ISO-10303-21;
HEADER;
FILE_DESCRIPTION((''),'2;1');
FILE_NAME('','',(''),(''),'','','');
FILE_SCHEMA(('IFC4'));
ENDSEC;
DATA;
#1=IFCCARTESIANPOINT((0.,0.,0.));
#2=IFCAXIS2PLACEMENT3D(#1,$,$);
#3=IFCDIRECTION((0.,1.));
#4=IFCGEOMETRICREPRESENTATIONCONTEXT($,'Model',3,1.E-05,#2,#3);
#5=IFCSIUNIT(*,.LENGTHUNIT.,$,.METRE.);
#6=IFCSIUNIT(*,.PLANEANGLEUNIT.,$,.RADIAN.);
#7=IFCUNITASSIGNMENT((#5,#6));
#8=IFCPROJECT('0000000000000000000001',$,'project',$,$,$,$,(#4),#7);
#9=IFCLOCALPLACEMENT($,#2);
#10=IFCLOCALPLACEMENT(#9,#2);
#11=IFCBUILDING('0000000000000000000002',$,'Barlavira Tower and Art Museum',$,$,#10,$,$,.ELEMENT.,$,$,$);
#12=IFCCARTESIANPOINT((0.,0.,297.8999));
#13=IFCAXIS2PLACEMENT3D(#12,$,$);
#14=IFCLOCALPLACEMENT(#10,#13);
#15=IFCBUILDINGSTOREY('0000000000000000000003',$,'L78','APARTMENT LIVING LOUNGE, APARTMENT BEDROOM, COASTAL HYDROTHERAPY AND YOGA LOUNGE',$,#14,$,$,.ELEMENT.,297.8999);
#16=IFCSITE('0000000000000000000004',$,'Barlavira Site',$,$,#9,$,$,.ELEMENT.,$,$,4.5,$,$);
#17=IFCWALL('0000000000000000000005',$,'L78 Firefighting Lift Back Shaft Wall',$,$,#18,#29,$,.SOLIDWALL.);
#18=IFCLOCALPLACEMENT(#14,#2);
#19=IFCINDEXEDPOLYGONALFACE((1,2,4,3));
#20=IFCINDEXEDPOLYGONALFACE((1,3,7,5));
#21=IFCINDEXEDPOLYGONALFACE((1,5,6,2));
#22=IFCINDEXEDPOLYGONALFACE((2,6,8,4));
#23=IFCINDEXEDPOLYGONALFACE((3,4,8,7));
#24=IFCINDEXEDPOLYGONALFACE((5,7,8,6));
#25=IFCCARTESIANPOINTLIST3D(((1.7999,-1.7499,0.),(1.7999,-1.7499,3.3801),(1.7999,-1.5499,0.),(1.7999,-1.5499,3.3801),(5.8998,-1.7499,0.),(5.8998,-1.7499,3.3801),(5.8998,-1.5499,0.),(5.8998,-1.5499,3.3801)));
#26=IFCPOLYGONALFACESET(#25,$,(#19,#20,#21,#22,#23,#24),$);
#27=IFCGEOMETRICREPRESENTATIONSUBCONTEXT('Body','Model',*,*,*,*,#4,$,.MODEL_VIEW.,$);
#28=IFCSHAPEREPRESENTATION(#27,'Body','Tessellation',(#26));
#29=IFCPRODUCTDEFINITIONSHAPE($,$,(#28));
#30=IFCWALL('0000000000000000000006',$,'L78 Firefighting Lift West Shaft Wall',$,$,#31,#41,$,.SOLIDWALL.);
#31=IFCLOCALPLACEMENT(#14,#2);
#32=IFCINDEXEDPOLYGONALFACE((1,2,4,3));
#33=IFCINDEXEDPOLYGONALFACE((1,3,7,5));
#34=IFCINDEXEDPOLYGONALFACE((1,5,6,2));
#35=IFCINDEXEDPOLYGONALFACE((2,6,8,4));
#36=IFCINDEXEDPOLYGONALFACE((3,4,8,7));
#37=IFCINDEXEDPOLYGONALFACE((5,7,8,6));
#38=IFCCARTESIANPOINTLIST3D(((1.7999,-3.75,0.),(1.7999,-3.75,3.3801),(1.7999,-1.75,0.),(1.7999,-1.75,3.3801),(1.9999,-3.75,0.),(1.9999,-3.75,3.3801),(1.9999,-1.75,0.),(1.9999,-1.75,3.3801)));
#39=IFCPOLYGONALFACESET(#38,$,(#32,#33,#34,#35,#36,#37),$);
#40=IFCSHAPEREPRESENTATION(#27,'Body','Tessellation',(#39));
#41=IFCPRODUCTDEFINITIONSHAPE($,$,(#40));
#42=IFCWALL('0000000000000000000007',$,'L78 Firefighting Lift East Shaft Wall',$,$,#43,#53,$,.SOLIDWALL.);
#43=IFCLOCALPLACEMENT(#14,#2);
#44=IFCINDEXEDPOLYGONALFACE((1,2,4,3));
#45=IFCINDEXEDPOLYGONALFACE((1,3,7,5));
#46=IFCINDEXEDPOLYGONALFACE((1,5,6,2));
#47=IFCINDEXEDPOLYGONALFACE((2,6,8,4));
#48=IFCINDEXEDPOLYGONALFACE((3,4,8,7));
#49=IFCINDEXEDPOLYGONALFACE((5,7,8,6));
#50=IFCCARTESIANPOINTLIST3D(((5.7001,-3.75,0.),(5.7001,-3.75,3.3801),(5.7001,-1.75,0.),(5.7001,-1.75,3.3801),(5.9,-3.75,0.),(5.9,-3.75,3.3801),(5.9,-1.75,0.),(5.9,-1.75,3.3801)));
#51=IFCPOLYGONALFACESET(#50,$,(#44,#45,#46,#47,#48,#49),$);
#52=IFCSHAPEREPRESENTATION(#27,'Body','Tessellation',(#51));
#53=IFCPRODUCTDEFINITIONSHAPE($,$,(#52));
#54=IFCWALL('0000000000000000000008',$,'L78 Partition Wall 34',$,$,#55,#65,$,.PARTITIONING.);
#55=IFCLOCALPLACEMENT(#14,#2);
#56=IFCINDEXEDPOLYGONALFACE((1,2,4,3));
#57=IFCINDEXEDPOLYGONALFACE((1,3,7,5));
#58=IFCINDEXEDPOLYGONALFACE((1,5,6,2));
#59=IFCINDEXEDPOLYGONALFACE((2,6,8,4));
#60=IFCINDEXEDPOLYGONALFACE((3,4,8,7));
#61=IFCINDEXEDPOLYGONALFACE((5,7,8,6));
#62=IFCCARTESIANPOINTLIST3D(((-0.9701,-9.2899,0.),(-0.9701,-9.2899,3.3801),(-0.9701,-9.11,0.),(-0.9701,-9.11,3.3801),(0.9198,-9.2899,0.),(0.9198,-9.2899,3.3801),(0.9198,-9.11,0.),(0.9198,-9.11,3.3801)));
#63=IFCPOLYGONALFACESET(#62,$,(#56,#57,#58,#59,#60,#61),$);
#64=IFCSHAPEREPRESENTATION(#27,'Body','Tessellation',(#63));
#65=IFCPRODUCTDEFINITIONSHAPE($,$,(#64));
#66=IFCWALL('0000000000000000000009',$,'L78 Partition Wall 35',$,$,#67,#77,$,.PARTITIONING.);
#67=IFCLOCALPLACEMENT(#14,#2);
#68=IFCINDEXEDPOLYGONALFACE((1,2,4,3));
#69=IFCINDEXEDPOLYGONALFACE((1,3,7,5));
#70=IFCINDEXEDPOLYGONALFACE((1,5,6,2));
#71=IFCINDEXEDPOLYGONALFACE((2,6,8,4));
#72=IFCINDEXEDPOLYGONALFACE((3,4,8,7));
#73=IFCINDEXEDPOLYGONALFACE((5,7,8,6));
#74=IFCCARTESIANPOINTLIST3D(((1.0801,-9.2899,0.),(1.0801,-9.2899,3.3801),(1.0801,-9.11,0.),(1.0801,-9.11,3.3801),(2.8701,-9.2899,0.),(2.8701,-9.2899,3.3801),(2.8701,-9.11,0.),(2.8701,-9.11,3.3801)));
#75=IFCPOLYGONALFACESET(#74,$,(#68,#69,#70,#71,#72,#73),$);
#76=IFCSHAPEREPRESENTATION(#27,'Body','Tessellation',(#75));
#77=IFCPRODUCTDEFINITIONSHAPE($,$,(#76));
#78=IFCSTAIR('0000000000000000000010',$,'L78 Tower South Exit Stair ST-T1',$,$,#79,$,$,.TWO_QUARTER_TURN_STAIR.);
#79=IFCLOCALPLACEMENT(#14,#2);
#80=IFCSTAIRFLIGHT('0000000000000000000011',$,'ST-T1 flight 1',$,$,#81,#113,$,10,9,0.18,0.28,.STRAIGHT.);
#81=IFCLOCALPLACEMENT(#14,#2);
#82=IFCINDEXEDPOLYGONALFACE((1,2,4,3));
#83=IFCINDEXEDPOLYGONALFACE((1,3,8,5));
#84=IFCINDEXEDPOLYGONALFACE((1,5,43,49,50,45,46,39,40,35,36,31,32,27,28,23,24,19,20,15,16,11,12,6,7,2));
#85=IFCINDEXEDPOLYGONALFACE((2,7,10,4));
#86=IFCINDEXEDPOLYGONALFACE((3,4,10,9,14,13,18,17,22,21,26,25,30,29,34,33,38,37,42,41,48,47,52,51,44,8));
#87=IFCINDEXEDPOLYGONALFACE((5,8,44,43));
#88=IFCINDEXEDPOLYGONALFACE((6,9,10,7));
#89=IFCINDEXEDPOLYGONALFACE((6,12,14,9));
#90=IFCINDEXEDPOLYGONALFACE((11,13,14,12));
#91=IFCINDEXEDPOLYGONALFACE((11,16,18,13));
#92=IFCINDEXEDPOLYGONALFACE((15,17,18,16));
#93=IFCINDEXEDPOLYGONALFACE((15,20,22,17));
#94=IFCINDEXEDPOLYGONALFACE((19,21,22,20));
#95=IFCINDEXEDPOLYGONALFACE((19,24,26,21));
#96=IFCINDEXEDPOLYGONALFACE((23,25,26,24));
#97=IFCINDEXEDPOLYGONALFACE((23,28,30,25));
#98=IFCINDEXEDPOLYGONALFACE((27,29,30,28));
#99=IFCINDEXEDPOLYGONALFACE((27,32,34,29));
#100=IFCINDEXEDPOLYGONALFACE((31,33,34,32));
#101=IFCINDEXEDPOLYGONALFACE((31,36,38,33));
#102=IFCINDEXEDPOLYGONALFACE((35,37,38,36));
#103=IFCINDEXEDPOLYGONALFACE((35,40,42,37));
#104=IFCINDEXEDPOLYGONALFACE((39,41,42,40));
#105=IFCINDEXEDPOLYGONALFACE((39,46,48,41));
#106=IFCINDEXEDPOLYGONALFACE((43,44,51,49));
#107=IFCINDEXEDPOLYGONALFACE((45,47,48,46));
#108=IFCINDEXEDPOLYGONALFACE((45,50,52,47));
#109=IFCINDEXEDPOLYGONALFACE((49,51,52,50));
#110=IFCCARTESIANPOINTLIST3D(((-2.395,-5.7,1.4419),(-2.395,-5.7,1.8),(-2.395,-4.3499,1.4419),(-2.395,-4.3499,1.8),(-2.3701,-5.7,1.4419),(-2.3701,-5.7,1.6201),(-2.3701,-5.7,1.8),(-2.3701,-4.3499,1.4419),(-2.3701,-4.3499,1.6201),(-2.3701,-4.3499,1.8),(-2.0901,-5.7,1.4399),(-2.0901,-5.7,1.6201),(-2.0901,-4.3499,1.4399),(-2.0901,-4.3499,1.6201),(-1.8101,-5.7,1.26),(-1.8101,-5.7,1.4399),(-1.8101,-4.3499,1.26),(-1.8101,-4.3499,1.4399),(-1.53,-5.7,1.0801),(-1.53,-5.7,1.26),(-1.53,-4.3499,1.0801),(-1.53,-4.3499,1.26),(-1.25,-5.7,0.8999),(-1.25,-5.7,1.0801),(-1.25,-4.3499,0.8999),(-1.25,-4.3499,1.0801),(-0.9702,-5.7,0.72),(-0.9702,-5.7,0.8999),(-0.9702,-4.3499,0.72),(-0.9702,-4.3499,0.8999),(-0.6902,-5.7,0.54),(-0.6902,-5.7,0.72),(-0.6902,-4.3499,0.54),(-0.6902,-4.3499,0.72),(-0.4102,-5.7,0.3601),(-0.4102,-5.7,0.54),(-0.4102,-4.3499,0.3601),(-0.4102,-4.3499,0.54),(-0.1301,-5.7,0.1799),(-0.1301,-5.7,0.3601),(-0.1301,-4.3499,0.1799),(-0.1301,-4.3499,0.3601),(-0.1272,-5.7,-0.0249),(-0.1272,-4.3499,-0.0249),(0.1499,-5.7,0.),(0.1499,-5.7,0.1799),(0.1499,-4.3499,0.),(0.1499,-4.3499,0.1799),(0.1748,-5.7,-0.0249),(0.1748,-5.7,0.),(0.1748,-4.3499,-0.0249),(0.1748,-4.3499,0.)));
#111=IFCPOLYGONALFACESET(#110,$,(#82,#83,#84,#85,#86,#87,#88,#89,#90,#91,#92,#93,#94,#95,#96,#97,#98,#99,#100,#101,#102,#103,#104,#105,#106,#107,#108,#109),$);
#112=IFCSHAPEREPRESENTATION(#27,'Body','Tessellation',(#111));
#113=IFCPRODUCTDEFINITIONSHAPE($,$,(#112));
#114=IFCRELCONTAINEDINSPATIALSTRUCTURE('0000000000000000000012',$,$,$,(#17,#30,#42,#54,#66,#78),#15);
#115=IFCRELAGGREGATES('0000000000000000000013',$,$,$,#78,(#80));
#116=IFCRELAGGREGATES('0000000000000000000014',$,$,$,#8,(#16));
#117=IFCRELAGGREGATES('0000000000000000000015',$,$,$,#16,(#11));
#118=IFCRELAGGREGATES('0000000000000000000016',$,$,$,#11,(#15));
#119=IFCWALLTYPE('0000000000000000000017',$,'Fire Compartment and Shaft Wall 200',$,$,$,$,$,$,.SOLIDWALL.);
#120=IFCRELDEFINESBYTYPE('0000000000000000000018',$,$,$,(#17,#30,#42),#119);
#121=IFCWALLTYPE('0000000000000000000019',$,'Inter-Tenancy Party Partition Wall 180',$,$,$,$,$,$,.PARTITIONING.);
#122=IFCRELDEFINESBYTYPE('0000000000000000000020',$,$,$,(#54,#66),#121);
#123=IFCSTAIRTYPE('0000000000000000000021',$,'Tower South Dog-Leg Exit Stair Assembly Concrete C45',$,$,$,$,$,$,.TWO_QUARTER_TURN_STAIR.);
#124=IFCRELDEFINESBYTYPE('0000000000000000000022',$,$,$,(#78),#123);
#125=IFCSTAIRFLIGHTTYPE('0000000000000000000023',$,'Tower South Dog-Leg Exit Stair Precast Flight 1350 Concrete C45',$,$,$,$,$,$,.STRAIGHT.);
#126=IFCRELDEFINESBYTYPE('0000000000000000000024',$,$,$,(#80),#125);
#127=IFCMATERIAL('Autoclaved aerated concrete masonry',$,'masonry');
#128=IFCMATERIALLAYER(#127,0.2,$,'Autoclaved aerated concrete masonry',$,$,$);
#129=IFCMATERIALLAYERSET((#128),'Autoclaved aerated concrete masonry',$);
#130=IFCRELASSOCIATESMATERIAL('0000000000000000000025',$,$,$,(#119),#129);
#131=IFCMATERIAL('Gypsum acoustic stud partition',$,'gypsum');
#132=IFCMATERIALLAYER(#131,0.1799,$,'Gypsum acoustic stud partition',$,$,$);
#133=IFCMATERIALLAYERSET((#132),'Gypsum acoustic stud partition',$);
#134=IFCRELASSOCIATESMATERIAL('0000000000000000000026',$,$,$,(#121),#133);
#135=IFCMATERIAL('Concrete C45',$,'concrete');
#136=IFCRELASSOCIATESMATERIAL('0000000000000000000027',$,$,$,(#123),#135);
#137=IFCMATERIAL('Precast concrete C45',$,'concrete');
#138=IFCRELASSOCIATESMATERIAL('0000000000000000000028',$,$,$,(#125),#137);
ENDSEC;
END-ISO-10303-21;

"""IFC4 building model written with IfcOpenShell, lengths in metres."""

from ifc_helpers import new_model, si_unit, direction, frame, frame_2d, origin, place, context, subcontext, project, spatial, polyline, rectangle, outline, extrude, material, layer, layer_set, type_object, element, aggregate, save


model = new_model("IFC4")

# Units and contexts
model_context = context("Model", 3, precision=1e-05, world=origin(), true_north=direction((0.0, 1.0)))
body_context = subcontext(model_context, "Body", "Model", "MODEL_VIEW")
ifc_project = project(units=[si_unit("LENGTHUNIT", "METRE"), si_unit("PLANEANGLEUNIT", "RADIAN")], contexts=[model_context])

# Site, building, storey
site_placement = place(None, origin())
site = spatial("IfcSite", under=ifc_project, at=site_placement, Name="Barlavira Site", CompositionType="ELEMENT", RefElevation=4.5)
building_placement = place(site_placement, origin())
building = spatial("IfcBuilding", under=site, at=building_placement, Name="Barlavira Tower and Art Museum", CompositionType="ELEMENT")
storey_placement = place(building_placement, frame((0.0, 0.0, 297.8999)))
storey = spatial("IfcBuildingStorey", under=building, at=storey_placement, Name="L78", Description="APARTMENT LIVING LOUNGE, APARTMENT BEDROOM, COASTAL HYDROTHERAPY AND YOGA LOUNGE", CompositionType="ELEMENT", Elevation=297.8999)

# Shared definitions
ifc_material_1 = material(Name="Autoclaved aerated concrete masonry", Category="masonry")
ifc_layer_1 = layer(ifc_material_1, 0.2, Name="Autoclaved aerated concrete masonry")
ifc_layer_set_1 = layer_set([ifc_layer_1], Name="Autoclaved aerated concrete masonry")
wall_type_1 = type_object("IfcWallType", Name="Fire Compartment and Shaft Wall 200", PredefinedType="SOLIDWALL", material=ifc_layer_set_1)

# Walls
wall_1_placement = place(storey_placement, frame((1.8, -1.6499, 0.0), z_axis=(0.0, 0.0, 1.0), x_axis=(1.0, 0.0, 0.0)))
element("IfcWall", 1, at=wall_1_placement, inside=storey, type_object=wall_type_1, Name="L78 Firefighting Lift Back Shaft Wall", PredefinedType="SOLIDWALL", context=body_context, shape_type="SweptSolid", body=[
    extrude(rectangle(XDim=4.0999, YDim=0.2, at=frame_2d((2.0498, 0.0))), origin(), (0.0, 0.0, 1.0), 3.3801),
])
for number, where, z_axis, x_axis, name in (
    (2, (1.8999, -3.75, 0.0), (0.0, 0.0, 1.0), (0.0, 1.0, 0.0), "L78 Firefighting Lift West Shaft Wall"),
    (3, (5.8, -3.75, 0.0), (0.0, 0.0, 1.0), (0.0, 1.0, 0.0), "L78 Firefighting Lift East Shaft Wall"),
):
    element("IfcWall", number, at=place(storey_placement, frame(where, z_axis=z_axis, x_axis=x_axis)), inside=storey, type_object=wall_type_1, Name=name, PredefinedType="SOLIDWALL", context=body_context, shape_type="SweptSolid", body=[
        extrude(rectangle(XDim=2.0, YDim=0.2, at=frame_2d((1.0, 0.0))), origin(), (0.0, 0.0, 1.0), 3.3801),
    ])
ifc_material_2 = material(Name="Gypsum acoustic stud partition", Category="gypsum")
ifc_layer_2 = layer(ifc_material_2, 0.1799, Name="Gypsum acoustic stud partition")
ifc_layer_set_2 = layer_set([ifc_layer_2], Name="Gypsum acoustic stud partition")
wall_type_2 = type_object("IfcWallType", Name="Inter-Tenancy Party Partition Wall 180", PredefinedType="PARTITIONING", material=ifc_layer_set_2)
wall_2_placement = place(storey_placement, frame((-0.97, -9.2, 0.0), z_axis=(0.0, 0.0, 1.0), x_axis=(1.0, 0.0, 0.0)))
element("IfcWall", 4, at=wall_2_placement, inside=storey, type_object=wall_type_2, Name="L78 Partition Wall 34", PredefinedType="PARTITIONING", context=body_context, shape_type="SweptSolid", body=[
    extrude(rectangle(XDim=1.8899, YDim=0.1799, at=frame_2d((0.9448, 0.0))), origin(), (0.0, 0.0, 1.0), 3.3801),
])
wall_3_placement = place(storey_placement, frame((1.0801, -9.2, 0.0), z_axis=(0.0, 0.0, 1.0), x_axis=(1.0, 0.0, 0.0)))
element("IfcWall", 5, at=wall_3_placement, inside=storey, type_object=wall_type_2, Name="L78 Partition Wall 35", PredefinedType="PARTITIONING", context=body_context, shape_type="SweptSolid", body=[
    extrude(rectangle(XDim=1.79, YDim=0.1799, at=frame_2d((0.895, 0.0))), origin(), (0.0, 0.0, 1.0), 3.3801),
])

# Stair, stair flight
ifc_material_3 = material(Name="Concrete C45", Category="concrete")
stair_type = type_object("IfcStairType", Name="Tower South Dog-Leg Exit Stair Assembly Concrete C45", PredefinedType="TWO_QUARTER_TURN_STAIR", material=ifc_material_3)
stair_placement = place(storey_placement, origin())
stair = element("IfcStair", 6, at=stair_placement, inside=storey, type_object=stair_type, Name="L78 Tower South Exit Stair ST-T1", PredefinedType="TWO_QUARTER_TURN_STAIR")
ifc_material_4 = material(Name="Precast concrete C45", Category="concrete")
stair_flight_type = type_object("IfcStairFlightType", Name="Tower South Dog-Leg Exit Stair Precast Flight 1350 Concrete C45", PredefinedType="STRAIGHT", material=ifc_material_4)
stair_flight_placement = place(storey_placement, frame((0.1499, -5.0249, 0.0), z_axis=(0.0, 0.0, 1.0), x_axis=(-1.0, 0.0, 0.0)))
stair_flight = element("IfcStairFlight", 7, at=stair_flight_placement, type_object=stair_flight_type, Name="ST-T1 flight 1", NumberOfRisers=10, NumberOfTreads=9, PredefinedType="STRAIGHT", RiserHeight=0.18, TreadLength=0.28, context=body_context, shape_type="SweptSolid", body=[
    extrude(outline(polyline([(-0.0249, 0.0), (0.0, 0.0), (0.0, 0.1799), (0.28, 0.1799), (0.28, 0.3601), (0.5601, 0.3601), (0.5601, 0.54), (0.8401, 0.54), (0.8401, 0.72), (1.1201, 0.72), (1.1201, 0.8999), (1.3999, 0.8999), (1.3999, 1.0801), (1.6799, 1.0801), (1.6799, 1.26), (1.96, 1.26), (1.96, 1.4399), (2.24, 1.4399), (2.24, 1.6201), (2.52, 1.6201), (2.52, 1.8), (2.5449, 1.8), (2.5449, 1.4419), (2.52, 1.4419), (0.2771, -0.0249), (-0.0249, -0.0249), (-0.0249, 0.0)])), frame((0.0, 0.675, 0.0), z_axis=(0.0, -1.0, 0.0), x_axis=(1.0, 0.0, 0.0)), (0.0, 0.0, 1.0), 1.3501),
])
aggregate(stair, [stair_flight])

save(model, "model.ifc")
